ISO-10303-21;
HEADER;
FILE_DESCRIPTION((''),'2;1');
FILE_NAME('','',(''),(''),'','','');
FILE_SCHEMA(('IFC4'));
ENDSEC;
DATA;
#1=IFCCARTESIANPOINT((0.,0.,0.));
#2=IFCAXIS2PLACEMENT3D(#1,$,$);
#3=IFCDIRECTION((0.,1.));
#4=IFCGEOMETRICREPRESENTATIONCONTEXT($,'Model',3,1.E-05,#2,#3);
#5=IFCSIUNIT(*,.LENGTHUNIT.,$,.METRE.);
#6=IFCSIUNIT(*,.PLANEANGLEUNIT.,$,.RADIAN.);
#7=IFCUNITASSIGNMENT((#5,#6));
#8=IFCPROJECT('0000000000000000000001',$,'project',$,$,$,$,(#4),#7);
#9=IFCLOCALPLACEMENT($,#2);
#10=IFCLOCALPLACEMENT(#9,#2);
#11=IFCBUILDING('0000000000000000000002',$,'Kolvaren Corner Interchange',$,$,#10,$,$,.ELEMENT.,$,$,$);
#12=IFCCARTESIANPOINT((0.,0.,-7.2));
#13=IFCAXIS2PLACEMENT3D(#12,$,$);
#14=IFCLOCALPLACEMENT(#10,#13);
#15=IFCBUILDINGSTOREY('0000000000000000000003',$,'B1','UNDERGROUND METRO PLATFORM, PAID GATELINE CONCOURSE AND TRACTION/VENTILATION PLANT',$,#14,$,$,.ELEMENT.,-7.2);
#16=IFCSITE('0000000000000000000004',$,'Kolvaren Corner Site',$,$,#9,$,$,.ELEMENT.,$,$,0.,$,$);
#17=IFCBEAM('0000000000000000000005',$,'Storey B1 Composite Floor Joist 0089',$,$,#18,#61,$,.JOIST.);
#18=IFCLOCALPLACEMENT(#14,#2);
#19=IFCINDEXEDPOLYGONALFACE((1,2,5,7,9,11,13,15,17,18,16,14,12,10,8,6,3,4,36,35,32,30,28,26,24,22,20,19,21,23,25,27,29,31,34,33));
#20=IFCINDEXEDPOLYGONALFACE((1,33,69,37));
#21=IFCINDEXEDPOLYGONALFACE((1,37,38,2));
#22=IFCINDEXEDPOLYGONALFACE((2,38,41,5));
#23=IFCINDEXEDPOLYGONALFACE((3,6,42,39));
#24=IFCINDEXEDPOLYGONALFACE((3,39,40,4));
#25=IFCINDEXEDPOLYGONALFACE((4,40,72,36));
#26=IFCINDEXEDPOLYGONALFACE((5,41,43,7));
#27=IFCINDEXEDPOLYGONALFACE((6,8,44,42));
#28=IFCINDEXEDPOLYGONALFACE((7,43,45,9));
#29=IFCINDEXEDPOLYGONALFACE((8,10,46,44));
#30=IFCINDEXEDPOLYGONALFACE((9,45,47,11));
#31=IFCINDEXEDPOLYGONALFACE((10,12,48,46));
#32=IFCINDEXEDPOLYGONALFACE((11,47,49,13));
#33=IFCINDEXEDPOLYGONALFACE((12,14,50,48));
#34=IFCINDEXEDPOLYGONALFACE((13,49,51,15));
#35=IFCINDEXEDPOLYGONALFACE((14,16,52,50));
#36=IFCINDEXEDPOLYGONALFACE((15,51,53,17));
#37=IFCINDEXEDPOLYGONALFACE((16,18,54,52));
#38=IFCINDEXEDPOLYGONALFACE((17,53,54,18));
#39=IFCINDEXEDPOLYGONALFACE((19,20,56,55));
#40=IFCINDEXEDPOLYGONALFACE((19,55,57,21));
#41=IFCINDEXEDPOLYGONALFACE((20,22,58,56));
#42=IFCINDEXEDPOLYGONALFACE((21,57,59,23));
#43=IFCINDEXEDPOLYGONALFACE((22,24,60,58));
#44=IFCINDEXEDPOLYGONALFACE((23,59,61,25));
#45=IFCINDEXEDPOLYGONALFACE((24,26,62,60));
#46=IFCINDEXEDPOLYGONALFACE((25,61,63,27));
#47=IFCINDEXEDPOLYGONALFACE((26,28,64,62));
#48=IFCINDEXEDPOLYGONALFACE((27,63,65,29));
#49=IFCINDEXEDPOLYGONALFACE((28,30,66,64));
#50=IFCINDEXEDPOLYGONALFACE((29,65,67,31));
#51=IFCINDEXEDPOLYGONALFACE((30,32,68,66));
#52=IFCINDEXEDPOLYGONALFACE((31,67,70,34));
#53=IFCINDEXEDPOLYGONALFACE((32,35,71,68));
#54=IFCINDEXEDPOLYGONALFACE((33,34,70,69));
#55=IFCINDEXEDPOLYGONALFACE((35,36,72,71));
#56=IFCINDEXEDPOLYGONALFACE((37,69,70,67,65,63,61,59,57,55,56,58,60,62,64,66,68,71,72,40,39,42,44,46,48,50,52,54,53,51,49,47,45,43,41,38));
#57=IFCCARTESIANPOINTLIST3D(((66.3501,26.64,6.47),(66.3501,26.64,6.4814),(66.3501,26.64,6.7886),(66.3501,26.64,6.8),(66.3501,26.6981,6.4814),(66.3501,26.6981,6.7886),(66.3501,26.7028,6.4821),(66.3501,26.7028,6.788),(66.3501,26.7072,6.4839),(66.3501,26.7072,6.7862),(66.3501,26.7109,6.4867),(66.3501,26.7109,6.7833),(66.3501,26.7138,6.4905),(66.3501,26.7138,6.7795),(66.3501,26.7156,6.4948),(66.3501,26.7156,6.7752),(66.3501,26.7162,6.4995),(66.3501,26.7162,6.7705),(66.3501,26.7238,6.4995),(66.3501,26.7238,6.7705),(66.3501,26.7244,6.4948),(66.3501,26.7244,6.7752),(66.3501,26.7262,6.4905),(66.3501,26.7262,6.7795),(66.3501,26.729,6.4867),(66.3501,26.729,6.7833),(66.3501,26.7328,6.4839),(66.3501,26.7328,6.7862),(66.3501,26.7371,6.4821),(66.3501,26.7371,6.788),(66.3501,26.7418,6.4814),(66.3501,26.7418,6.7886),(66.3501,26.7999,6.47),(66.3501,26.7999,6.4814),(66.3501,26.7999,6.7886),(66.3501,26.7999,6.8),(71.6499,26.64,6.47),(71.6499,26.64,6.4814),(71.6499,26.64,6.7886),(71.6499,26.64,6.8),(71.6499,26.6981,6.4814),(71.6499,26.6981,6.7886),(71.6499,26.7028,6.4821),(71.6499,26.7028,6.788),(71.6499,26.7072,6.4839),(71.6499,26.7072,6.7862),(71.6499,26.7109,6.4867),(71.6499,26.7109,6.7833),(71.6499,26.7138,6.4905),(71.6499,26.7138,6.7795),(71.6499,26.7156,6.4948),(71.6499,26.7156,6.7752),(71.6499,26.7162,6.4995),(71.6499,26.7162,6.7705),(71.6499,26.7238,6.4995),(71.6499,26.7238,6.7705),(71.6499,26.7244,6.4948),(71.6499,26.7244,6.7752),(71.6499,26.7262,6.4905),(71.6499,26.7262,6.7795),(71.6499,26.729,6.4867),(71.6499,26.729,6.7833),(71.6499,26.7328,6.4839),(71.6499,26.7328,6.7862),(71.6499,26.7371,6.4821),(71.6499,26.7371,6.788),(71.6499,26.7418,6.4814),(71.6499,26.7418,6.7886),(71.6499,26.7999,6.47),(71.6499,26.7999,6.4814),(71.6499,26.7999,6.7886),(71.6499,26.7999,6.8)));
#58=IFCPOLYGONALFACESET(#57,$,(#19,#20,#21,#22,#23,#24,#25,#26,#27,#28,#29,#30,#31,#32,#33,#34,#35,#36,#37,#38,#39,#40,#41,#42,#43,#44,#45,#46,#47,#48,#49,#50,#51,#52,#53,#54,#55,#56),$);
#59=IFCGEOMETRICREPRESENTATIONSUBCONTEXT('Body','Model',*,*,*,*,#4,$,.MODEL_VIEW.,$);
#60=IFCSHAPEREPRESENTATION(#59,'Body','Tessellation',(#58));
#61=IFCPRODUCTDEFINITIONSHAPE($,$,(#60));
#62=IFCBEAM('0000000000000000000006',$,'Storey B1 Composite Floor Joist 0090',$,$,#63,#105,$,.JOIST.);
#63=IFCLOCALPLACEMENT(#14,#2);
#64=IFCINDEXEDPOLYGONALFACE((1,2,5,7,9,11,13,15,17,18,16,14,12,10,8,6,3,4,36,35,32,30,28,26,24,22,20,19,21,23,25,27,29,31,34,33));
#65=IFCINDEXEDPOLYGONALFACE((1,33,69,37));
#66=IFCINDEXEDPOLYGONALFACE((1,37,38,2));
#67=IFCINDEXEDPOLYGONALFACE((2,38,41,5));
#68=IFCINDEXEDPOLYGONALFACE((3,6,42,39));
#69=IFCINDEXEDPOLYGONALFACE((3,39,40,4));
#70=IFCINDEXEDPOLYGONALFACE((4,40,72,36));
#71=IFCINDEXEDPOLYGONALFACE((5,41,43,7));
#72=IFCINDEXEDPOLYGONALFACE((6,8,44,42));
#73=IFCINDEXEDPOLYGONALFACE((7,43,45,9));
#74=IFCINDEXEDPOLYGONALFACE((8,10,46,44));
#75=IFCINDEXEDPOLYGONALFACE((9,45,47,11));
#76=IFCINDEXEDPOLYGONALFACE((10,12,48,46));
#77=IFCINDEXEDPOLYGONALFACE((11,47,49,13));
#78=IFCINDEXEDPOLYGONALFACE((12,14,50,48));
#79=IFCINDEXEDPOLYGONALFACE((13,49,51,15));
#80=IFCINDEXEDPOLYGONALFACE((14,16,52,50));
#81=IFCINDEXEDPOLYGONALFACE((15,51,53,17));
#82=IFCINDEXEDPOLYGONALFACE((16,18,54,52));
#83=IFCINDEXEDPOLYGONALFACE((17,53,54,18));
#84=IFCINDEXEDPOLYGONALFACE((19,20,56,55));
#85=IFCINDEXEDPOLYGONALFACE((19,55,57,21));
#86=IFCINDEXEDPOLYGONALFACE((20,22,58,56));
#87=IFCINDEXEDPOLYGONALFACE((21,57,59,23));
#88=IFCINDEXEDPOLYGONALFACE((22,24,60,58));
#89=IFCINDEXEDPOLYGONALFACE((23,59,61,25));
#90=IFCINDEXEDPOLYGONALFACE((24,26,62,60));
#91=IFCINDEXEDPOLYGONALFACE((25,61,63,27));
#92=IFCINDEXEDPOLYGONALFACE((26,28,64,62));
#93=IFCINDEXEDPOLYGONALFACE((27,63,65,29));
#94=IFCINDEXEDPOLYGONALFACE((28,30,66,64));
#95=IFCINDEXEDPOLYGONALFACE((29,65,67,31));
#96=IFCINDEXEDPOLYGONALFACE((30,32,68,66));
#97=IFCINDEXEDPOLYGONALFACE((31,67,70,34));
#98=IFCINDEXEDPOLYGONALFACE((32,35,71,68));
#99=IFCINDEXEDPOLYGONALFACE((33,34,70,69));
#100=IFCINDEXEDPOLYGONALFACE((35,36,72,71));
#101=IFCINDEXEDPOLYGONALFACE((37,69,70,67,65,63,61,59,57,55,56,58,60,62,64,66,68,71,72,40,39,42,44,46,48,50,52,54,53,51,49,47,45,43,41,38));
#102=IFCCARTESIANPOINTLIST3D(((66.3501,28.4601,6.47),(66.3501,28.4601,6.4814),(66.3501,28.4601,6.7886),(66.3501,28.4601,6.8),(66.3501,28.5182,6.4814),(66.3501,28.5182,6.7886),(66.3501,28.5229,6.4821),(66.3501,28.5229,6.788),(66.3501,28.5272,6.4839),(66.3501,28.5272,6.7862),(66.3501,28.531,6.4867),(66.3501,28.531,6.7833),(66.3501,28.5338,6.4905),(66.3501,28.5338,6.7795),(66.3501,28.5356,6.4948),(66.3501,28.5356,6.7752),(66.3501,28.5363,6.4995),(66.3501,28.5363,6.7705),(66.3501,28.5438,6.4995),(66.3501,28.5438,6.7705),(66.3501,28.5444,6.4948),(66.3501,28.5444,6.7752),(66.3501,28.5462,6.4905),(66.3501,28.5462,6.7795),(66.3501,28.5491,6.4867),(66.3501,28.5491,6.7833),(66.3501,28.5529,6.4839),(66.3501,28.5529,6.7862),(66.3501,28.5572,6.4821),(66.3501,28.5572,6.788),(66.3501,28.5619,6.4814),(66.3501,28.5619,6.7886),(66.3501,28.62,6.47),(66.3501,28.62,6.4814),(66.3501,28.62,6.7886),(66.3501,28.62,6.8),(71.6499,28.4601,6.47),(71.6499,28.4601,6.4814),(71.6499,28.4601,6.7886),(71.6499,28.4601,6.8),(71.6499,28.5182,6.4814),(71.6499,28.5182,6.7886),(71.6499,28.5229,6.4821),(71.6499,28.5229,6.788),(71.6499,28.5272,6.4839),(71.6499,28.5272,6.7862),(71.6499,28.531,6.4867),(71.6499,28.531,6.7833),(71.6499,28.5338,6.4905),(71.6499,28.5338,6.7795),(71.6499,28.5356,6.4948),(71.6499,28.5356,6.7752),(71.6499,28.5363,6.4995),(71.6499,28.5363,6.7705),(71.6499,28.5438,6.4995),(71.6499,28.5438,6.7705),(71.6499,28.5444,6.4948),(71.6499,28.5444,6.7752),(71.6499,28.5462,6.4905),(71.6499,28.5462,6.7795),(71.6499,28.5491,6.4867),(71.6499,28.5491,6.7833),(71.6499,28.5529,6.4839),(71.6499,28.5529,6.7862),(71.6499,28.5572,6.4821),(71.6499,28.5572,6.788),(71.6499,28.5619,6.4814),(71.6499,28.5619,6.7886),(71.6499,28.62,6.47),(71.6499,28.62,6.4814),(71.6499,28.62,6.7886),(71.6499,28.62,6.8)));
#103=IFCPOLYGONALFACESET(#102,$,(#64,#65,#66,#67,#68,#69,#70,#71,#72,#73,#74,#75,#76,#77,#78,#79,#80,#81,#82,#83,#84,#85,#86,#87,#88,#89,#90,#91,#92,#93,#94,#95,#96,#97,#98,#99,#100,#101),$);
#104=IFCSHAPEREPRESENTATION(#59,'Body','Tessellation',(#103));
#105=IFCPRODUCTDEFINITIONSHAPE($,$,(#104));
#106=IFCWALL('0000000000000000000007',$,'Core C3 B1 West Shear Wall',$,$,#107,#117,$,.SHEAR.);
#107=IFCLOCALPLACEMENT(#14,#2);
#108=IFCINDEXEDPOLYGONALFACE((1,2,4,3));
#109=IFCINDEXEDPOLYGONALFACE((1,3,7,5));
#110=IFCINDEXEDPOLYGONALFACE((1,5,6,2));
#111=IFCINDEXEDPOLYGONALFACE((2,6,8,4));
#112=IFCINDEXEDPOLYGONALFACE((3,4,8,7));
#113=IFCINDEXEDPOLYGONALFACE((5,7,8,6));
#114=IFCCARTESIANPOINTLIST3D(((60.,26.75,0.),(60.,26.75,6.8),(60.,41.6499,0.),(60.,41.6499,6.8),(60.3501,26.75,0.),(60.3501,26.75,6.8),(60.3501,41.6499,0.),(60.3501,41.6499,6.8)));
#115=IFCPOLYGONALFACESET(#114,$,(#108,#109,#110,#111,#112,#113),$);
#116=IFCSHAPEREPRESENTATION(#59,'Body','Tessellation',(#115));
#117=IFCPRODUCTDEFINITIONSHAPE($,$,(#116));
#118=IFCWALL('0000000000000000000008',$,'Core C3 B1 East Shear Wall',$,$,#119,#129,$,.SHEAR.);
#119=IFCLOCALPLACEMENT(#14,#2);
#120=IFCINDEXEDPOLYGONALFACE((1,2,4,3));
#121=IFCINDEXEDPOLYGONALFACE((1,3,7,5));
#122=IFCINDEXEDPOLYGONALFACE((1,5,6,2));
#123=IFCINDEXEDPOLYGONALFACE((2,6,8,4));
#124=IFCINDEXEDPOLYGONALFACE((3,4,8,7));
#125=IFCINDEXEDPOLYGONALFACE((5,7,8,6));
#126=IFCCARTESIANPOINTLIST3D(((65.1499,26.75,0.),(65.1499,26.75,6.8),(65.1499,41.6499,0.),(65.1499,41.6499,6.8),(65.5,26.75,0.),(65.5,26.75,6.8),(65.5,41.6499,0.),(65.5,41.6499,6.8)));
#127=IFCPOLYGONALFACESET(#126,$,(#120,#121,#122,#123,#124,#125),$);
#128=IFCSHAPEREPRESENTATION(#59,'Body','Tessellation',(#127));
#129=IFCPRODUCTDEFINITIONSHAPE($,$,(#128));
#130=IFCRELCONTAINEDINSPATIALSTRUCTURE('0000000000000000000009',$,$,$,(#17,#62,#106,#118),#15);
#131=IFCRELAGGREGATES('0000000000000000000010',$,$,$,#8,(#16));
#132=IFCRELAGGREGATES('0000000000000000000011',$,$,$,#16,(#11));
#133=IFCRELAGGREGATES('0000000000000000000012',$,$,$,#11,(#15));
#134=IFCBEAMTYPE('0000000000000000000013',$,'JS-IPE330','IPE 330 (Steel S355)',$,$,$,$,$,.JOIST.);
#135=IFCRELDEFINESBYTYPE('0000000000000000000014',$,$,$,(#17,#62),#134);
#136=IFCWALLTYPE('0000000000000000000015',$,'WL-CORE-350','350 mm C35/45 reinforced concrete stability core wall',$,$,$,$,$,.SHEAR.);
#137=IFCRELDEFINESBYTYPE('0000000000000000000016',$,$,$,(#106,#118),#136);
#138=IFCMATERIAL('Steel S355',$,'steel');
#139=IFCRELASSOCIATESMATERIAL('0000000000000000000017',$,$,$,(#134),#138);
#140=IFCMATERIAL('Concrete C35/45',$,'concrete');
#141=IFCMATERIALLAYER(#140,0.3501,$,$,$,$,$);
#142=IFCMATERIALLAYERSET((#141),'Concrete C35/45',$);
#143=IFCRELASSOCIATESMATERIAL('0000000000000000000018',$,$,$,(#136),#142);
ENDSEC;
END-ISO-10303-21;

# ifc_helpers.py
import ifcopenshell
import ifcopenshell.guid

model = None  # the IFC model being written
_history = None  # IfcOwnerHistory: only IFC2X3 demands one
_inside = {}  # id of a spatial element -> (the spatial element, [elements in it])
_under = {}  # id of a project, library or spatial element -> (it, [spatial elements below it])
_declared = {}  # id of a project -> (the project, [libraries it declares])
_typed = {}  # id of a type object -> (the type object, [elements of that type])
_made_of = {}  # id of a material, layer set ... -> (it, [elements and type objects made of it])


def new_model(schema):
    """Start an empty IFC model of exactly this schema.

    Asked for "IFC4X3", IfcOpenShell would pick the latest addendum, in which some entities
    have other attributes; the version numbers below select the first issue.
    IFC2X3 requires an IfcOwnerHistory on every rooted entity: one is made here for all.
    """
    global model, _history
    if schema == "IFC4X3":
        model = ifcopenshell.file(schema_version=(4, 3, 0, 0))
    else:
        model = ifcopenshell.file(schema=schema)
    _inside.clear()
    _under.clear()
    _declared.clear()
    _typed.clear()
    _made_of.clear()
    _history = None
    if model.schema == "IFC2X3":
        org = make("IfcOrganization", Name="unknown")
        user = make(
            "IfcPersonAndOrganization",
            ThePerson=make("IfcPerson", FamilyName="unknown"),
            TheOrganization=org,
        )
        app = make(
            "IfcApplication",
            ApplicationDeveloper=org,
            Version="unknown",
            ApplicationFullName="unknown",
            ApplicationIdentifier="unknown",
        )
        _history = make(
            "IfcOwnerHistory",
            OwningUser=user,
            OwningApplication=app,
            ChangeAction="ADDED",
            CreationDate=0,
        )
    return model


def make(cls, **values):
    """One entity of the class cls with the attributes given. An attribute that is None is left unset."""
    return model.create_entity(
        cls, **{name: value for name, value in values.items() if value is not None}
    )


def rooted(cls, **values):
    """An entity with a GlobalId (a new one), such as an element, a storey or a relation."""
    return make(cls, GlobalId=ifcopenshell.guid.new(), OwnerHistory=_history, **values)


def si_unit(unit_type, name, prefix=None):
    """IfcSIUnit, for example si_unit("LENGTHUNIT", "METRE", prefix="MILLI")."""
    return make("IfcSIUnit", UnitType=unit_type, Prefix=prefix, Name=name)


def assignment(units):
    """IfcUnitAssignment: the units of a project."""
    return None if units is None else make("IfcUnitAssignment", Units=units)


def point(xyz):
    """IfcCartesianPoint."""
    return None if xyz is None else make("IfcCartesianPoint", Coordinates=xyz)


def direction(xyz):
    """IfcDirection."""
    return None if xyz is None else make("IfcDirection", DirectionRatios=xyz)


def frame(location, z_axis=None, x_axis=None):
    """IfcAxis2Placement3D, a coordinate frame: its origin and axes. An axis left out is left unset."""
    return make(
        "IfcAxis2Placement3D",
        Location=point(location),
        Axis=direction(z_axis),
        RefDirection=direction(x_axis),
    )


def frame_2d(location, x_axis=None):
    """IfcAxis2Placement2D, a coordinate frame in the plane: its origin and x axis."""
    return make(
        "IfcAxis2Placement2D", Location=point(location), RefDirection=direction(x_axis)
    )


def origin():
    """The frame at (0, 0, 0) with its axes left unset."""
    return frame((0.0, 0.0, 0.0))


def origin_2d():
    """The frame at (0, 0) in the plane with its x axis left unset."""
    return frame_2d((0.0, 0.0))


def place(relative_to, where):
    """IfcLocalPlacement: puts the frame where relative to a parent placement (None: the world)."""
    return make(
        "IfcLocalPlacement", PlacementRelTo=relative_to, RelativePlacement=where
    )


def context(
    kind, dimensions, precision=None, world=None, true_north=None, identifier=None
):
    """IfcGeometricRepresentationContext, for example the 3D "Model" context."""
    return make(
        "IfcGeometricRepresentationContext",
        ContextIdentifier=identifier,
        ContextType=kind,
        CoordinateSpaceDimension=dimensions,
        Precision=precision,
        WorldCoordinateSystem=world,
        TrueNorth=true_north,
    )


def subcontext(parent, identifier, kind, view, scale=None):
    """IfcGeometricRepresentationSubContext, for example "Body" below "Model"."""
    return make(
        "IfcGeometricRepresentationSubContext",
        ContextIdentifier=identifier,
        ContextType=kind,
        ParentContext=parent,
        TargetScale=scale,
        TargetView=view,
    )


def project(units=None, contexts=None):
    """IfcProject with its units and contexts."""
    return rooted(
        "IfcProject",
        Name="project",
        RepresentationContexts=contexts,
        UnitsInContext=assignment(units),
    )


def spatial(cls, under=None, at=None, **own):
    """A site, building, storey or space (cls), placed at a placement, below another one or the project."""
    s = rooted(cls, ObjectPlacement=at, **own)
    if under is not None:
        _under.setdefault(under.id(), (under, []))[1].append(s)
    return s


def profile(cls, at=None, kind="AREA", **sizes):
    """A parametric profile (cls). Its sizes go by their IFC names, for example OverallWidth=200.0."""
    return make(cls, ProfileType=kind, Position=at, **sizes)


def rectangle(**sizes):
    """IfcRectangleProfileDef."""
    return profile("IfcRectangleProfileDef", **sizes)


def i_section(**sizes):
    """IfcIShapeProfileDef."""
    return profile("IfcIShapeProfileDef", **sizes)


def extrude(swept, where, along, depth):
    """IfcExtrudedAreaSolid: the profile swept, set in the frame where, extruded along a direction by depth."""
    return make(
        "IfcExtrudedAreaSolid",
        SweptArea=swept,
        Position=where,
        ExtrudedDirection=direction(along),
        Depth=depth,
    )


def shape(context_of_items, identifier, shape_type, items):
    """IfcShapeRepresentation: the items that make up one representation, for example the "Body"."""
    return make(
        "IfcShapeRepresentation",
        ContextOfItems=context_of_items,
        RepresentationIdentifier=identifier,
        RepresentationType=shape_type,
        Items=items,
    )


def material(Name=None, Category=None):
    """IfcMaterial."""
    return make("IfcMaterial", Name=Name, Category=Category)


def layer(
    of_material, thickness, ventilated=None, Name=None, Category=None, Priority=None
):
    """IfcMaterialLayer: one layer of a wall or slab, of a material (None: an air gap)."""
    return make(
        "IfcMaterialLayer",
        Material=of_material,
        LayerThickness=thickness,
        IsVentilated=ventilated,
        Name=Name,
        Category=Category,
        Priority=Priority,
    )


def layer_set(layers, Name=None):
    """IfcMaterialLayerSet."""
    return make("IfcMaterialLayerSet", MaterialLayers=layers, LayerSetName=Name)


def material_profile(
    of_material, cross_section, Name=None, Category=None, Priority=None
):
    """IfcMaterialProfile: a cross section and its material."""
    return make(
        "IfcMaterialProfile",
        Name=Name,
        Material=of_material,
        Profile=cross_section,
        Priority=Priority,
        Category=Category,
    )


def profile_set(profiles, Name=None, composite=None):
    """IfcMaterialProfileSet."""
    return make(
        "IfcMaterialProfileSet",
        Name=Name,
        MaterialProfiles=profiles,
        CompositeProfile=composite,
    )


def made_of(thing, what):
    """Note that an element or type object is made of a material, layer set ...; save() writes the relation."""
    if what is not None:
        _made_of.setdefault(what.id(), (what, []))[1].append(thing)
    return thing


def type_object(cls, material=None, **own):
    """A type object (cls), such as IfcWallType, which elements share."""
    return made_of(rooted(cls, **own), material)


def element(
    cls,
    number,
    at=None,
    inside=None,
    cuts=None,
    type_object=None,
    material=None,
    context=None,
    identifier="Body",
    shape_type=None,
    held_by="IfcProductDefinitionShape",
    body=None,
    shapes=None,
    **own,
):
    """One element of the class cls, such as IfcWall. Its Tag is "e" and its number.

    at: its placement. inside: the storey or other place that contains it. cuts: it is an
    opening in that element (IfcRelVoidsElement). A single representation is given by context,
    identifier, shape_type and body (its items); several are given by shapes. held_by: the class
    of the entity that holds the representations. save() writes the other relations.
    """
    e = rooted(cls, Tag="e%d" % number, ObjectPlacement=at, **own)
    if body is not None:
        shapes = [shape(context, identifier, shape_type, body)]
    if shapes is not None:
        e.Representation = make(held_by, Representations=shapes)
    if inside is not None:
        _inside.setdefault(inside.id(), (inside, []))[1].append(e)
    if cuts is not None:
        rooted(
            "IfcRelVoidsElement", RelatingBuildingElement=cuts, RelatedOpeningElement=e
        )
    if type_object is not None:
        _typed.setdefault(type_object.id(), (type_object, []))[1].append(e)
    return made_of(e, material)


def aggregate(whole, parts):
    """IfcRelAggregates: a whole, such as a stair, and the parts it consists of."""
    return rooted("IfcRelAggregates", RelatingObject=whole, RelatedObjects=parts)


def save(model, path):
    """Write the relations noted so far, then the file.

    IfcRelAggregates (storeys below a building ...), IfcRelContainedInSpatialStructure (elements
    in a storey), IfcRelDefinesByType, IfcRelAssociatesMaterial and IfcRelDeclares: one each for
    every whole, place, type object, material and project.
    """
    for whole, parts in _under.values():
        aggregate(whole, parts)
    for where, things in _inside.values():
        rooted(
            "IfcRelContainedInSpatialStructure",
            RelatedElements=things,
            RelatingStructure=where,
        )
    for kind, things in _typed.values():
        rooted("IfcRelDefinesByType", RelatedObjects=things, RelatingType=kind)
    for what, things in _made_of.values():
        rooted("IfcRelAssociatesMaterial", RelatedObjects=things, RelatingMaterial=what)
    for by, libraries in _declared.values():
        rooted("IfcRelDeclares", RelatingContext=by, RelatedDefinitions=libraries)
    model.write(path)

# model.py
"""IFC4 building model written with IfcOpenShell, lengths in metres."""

from ifc_helpers import new_model, si_unit, direction, frame, frame_2d, origin, origin_2d, place, context, subcontext, project, spatial, rectangle, i_section, extrude, material, layer, layer_set, material_profile, profile_set, type_object, element, save


model = new_model("IFC4")

# Units and contexts
model_context = context("Model", 3, precision=1e-05, world=origin(), true_north=direction((0.0, 1.0)))
body_context = subcontext(model_context, "Body", "Model", "MODEL_VIEW")
ifc_project = project(units=[si_unit("LENGTHUNIT", "METRE"), si_unit("PLANEANGLEUNIT", "RADIAN")], contexts=[model_context])

# Site, building, storey
site_placement = place(None, origin())
site = spatial("IfcSite", under=ifc_project, at=site_placement, Name="Kolvaren Corner Site", CompositionType="ELEMENT", RefElevation=0.0)
building_placement = place(site_placement, origin())
building = spatial("IfcBuilding", under=site, at=building_placement, Name="Kolvaren Corner Interchange", CompositionType="ELEMENT")
storey_placement = place(building_placement, frame((0.0, 0.0, -7.2)))
storey = spatial("IfcBuildingStorey", under=building, at=storey_placement, Name="B1", Description="UNDERGROUND METRO PLATFORM, PAID GATELINE CONCOURSE AND TRACTION/VENTILATION PLANT", CompositionType="ELEMENT", Elevation=-7.2)

# Beams
ifc_material_1 = material(Name="Steel S355", Category="steel")
ifc_material_profile_1 = material_profile(ifc_material_1, i_section(OverallWidth=0.1599, OverallDepth=0.3301, WebThickness=0.0076, FlangeThickness=0.0115, FilletRadius=0.0181, at=origin_2d()), Name="IPE 330")
ifc_profile_set_1 = profile_set([ifc_material_profile_1], Name="Steel S355")
beam_type_1 = type_object("IfcBeamType", Name="JS-IPE330", Description="IPE 330 (Steel S355)", PredefinedType="JOIST", material=ifc_profile_set_1)
for number, where, z_axis, x_axis, name in (
    (1, (66.3501, 26.72, 6.635), (1.0, 0.0, 0.0), (0.0, 1.0, 0.0), "Storey B1 Composite Floor Joist 0089"),
    (2, (66.3501, 28.54, 6.635), (1.0, 0.0, 0.0), (0.0, 1.0, 0.0), "Storey B1 Composite Floor Joist 0090"),
):
    element("IfcBeam", number, at=place(storey_placement, frame(where, z_axis=z_axis, x_axis=x_axis)), inside=storey, type_object=beam_type_1, Name=name, PredefinedType="JOIST", context=body_context, shape_type="SweptSolid", body=[
        extrude(i_section(OverallWidth=0.1599, OverallDepth=0.3301, WebThickness=0.0076, FlangeThickness=0.0115, FilletRadius=0.0181, at=origin_2d()), origin(), (0.0, 0.0, 1.0), 5.2998),
    ])

# Shared definitions
ifc_material_2 = material(Name="Concrete C35/45", Category="concrete")
ifc_layer = layer(ifc_material_2, 0.3501)
ifc_layer_set = layer_set([ifc_layer], Name="Concrete C35/45")
wall_type = type_object("IfcWallType", Name="WL-CORE-350", Description="350 mm C35/45 reinforced concrete stability core wall", PredefinedType="SHEAR", material=ifc_layer_set)

# Walls
for number, where, z_axis, x_axis, name in (
    (3, (60.175, 26.75, 0.0), (0.0, 0.0, 1.0), (0.0, 1.0, 0.0), "Core C3 B1 West Shear Wall"),
    (4, (65.325, 26.75, 0.0), (0.0, 0.0, 1.0), (0.0, 1.0, 0.0), "Core C3 B1 East Shear Wall"),
):
    element("IfcWall", number, at=place(storey_placement, frame(where, z_axis=z_axis, x_axis=x_axis)), inside=storey, type_object=wall_type, Name=name, PredefinedType="SHEAR", context=body_context, shape_type="SweptSolid", body=[
        extrude(rectangle(XDim=14.8999, YDim=0.3501, at=frame_2d((7.45, 0.0))), origin(), (0.0, 0.0, 1.0), 6.8),
    ])

save(model, "model.ifc")
